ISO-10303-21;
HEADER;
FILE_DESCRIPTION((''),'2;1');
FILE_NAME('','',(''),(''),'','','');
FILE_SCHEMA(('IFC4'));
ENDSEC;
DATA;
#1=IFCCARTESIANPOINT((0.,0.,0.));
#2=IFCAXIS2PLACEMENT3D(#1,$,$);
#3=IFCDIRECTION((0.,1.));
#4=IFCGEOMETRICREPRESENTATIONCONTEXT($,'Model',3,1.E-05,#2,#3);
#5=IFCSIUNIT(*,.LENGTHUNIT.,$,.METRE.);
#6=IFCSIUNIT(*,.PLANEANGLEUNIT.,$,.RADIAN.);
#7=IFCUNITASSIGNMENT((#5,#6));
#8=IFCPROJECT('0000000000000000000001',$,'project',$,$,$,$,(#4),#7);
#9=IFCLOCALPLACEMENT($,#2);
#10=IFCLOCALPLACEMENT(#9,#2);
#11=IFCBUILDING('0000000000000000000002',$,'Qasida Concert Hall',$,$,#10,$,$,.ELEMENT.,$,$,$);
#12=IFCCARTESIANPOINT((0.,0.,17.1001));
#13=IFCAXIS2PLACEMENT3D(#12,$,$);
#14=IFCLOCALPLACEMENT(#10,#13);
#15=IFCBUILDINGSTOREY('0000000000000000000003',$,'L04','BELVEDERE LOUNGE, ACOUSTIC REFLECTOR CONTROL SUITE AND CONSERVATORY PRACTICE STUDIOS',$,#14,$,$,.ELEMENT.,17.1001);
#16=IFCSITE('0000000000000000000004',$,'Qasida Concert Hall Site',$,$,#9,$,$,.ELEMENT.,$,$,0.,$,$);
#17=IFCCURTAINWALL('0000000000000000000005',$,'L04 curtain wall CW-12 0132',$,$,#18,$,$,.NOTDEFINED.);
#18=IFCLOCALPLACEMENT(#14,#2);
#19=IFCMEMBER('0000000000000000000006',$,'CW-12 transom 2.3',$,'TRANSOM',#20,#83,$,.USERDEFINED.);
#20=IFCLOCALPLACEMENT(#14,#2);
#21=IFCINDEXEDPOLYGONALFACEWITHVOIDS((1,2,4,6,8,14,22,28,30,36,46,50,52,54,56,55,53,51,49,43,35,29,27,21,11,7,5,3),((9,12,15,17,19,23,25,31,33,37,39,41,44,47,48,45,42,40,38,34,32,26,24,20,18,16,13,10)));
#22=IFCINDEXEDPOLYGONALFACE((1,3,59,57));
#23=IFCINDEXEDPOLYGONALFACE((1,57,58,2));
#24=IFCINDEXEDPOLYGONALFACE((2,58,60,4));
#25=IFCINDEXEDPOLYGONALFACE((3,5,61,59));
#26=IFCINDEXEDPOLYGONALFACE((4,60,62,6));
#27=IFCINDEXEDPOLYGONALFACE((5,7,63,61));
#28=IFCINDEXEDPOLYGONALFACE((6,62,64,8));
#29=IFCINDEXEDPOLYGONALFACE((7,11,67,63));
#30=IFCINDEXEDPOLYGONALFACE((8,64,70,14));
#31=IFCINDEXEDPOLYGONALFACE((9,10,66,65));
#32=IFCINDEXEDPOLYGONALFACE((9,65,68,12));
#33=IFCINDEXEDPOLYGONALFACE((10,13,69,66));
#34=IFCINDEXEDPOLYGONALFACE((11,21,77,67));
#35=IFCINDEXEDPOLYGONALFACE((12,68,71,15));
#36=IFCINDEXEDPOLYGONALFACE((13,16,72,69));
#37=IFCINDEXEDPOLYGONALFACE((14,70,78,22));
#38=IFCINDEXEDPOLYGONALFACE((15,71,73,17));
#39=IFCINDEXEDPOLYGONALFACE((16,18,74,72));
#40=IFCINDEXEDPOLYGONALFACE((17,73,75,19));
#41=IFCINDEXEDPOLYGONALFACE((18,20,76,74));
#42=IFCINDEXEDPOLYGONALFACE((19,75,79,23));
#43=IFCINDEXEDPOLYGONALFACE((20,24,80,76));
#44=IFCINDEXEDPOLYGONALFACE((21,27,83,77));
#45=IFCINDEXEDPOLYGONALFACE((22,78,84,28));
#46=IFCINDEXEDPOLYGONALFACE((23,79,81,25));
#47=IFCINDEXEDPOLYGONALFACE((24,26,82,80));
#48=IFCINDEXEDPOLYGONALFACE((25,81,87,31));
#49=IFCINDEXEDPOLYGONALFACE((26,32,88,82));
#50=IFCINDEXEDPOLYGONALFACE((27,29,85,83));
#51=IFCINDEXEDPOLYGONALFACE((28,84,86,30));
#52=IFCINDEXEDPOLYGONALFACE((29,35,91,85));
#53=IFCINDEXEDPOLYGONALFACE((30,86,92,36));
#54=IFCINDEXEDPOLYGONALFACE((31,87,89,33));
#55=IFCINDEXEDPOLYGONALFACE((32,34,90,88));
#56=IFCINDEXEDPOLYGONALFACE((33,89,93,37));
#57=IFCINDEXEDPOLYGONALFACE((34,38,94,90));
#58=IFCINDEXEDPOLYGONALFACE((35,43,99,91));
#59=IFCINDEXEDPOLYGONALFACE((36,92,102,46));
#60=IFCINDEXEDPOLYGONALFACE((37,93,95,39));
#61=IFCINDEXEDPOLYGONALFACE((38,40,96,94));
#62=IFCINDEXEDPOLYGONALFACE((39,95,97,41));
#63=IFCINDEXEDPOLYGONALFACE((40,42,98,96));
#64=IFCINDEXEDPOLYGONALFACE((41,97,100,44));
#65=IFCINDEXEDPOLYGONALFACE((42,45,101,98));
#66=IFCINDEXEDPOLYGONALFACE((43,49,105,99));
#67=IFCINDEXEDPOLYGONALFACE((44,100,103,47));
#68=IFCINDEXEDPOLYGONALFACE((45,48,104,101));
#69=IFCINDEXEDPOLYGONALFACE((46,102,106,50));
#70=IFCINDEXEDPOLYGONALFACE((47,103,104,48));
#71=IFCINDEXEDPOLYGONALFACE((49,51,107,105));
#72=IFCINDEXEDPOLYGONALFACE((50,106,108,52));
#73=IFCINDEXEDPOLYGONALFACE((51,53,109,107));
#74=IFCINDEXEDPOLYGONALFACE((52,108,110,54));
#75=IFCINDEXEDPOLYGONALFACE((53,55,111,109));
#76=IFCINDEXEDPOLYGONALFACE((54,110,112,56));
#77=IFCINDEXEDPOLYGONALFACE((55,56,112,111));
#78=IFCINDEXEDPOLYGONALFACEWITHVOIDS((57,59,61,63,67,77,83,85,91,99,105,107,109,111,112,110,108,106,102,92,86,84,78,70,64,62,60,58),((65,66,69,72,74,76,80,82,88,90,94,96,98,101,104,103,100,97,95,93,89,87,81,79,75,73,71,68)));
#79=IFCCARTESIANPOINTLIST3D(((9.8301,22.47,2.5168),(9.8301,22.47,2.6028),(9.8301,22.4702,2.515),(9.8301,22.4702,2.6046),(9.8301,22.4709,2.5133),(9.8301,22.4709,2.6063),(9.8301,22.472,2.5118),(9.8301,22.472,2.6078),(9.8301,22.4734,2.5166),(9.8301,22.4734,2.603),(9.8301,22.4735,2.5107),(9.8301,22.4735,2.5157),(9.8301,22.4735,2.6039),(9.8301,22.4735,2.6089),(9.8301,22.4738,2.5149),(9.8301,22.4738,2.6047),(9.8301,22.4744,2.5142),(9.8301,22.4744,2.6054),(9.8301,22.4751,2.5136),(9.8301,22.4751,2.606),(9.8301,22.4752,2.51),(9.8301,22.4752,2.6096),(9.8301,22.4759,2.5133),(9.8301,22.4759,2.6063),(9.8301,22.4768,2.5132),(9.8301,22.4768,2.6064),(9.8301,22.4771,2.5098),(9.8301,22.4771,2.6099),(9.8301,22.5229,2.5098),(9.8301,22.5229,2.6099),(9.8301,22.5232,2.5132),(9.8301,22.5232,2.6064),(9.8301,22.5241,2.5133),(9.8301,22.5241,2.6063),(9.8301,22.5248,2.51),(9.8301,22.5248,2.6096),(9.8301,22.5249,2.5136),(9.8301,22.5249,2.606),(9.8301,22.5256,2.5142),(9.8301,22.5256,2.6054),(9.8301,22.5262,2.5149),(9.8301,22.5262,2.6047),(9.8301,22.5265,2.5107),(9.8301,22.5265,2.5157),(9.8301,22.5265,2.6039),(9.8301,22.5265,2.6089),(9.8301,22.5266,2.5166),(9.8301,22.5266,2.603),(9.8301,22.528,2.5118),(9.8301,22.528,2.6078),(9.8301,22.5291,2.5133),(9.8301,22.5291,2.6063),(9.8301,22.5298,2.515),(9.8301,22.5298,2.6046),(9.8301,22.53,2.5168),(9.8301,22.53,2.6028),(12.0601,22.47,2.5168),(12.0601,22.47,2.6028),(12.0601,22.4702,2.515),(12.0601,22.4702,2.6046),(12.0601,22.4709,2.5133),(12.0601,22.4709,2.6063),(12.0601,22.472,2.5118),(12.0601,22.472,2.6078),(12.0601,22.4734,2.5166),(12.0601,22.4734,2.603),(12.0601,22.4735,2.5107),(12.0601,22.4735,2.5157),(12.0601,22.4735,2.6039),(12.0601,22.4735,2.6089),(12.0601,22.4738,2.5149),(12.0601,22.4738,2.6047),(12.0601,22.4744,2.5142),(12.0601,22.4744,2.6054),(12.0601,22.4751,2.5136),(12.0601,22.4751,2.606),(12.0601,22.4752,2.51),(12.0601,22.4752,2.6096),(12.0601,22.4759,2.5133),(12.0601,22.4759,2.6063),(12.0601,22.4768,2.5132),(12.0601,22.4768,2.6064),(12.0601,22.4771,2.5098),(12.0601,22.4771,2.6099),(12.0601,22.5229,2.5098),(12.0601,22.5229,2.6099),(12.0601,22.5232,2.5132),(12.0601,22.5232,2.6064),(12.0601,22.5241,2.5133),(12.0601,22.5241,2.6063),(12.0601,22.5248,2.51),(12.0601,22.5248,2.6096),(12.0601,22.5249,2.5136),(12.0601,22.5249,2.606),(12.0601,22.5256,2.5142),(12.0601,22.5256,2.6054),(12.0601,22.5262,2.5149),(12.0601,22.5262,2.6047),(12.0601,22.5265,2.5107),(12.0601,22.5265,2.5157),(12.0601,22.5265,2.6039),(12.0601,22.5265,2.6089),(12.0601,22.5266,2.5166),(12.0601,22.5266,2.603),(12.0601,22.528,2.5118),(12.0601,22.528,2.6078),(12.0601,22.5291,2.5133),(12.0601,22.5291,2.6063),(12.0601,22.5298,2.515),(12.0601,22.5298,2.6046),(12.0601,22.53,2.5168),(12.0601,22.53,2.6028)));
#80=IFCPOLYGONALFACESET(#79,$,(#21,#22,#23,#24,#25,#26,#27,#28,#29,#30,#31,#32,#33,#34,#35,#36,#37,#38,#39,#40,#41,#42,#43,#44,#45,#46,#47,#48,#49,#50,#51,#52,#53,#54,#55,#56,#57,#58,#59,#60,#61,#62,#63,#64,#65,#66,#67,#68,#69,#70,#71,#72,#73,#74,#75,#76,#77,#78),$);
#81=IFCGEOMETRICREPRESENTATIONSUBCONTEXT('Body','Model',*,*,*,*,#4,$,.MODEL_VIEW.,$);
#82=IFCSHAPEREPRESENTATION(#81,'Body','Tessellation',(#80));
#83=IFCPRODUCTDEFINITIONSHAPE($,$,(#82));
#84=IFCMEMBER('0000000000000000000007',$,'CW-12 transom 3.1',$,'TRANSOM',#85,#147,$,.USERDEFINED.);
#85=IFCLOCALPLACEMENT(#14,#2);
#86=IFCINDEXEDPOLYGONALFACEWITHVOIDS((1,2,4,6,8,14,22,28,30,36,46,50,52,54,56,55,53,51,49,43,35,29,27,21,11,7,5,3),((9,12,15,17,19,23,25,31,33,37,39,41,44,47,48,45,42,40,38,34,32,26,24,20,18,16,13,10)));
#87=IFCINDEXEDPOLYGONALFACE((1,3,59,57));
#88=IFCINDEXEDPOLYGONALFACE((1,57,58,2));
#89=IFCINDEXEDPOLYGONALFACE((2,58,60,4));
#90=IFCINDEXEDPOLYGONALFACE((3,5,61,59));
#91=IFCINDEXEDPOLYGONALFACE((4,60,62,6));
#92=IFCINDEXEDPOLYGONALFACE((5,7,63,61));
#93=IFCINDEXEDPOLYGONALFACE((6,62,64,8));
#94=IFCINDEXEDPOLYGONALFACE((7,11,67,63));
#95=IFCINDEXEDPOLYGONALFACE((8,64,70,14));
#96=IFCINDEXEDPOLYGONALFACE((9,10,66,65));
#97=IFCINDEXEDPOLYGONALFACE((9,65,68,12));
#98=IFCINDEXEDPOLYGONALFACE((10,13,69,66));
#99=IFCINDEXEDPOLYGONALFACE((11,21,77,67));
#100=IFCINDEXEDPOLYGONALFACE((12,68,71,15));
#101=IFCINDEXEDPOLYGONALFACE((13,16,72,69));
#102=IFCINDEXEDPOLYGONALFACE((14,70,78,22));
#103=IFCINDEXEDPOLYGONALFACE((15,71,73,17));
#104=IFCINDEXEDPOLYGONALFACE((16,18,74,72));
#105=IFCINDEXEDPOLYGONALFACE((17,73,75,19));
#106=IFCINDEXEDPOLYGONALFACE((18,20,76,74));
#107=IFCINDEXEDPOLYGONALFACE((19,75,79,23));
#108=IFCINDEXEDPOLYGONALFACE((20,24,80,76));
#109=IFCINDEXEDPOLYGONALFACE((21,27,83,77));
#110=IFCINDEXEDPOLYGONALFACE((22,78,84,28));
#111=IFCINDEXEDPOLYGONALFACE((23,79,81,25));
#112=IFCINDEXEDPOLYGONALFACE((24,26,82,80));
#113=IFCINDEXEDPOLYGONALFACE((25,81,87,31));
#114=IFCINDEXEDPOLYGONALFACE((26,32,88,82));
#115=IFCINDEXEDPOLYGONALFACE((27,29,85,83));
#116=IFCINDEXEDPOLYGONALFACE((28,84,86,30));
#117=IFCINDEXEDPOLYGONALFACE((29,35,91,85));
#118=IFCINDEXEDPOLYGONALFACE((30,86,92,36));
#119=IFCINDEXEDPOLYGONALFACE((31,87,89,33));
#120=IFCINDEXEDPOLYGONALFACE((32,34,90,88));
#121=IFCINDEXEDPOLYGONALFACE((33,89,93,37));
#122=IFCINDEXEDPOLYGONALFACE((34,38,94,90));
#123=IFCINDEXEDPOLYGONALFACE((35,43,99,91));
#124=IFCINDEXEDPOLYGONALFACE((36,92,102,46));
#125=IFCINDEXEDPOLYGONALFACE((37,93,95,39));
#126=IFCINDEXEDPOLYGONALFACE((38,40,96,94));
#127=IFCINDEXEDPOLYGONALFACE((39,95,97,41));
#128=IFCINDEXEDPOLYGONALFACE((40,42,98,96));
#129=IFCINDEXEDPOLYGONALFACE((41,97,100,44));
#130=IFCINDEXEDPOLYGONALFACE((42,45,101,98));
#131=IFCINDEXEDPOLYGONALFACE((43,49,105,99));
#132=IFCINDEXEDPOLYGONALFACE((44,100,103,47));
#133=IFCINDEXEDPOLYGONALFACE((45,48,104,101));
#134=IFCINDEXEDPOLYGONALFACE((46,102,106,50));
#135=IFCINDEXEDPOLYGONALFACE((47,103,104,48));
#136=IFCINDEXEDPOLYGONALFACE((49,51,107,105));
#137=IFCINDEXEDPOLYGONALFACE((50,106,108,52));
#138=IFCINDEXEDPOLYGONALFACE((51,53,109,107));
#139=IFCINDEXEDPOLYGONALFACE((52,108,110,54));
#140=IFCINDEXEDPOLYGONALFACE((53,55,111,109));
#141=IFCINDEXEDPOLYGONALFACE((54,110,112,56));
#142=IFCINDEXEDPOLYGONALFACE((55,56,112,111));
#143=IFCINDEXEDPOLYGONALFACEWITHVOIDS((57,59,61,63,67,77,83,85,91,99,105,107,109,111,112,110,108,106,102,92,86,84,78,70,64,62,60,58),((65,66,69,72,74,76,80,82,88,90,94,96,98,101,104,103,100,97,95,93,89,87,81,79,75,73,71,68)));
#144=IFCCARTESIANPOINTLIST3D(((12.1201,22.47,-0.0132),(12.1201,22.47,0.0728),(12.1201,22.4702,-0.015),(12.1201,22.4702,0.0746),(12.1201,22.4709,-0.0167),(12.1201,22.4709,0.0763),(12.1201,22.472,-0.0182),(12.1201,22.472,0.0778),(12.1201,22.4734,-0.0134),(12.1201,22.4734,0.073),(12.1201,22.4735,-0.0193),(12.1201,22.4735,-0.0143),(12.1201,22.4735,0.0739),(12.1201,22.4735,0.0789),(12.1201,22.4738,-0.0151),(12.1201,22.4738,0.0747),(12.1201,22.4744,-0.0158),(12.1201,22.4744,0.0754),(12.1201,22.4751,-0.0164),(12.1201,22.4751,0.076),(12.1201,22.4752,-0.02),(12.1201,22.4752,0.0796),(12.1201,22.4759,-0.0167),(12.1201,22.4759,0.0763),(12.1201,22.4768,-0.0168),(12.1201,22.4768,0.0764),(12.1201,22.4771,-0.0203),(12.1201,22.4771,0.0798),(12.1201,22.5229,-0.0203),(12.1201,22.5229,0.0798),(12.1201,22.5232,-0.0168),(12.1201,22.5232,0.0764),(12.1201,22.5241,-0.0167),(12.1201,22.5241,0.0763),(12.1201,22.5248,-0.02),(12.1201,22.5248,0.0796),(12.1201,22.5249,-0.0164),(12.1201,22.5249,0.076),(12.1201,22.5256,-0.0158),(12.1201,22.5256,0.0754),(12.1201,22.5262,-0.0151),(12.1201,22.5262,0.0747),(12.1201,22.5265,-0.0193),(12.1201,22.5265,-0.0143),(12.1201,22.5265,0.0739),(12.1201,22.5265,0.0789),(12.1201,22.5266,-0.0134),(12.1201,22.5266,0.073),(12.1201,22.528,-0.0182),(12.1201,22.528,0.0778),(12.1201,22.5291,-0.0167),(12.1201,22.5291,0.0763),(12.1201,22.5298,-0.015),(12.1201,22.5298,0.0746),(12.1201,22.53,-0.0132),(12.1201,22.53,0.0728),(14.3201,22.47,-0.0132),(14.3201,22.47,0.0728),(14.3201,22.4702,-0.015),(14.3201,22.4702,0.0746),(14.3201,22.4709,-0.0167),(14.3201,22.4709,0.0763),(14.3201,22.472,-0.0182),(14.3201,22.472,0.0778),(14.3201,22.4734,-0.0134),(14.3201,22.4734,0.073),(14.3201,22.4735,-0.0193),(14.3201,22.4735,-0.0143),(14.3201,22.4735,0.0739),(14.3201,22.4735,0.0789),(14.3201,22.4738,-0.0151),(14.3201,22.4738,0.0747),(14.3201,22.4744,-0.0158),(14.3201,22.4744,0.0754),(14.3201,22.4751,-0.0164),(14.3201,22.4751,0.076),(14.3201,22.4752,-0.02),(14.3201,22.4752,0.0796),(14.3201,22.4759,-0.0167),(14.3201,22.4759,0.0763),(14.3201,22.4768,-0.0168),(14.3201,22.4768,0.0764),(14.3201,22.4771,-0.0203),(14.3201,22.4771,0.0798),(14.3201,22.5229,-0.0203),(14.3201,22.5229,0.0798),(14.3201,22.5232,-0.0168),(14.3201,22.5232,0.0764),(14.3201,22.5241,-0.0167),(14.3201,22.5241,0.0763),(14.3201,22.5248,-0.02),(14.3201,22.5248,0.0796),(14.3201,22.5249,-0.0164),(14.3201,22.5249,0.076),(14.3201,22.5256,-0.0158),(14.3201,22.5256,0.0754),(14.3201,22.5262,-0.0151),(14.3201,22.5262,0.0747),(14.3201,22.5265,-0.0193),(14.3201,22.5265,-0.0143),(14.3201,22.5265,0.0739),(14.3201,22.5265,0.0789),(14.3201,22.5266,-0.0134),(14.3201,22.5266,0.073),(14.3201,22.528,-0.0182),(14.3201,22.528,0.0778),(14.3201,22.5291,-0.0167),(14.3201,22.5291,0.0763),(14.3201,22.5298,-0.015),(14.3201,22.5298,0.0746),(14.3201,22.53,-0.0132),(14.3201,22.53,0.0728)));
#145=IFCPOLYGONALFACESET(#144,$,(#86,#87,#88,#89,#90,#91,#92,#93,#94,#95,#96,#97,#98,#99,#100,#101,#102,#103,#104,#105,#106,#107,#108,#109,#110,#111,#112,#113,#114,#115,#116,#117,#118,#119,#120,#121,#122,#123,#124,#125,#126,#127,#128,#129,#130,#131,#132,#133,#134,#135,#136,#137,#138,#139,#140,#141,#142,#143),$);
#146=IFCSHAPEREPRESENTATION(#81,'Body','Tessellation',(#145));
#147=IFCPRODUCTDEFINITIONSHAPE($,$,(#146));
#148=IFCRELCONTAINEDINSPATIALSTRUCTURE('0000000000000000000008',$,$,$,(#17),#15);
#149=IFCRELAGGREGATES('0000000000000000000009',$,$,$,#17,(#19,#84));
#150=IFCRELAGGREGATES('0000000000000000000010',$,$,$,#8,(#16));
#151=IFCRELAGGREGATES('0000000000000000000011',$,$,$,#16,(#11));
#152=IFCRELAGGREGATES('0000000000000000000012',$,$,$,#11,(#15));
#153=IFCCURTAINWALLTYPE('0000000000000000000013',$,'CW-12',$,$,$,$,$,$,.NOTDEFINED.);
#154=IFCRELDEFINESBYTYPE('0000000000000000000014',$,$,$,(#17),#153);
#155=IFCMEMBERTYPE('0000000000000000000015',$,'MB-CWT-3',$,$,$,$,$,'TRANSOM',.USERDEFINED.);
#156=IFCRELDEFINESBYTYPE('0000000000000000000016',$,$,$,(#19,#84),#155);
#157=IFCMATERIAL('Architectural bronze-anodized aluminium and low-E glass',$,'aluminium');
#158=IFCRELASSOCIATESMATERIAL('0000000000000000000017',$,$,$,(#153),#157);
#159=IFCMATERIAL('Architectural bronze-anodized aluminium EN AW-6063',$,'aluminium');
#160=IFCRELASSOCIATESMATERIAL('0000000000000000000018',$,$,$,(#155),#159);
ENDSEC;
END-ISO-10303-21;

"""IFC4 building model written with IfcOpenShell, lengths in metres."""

from ifc_helpers import new_model, si_unit, direction, frame, origin, origin_2d, place, context, subcontext, project, spatial, hollow_rectangle, extrude, material, material_profile, profile_set, type_object, element, aggregate, save


model = new_model("IFC4")

# Units and contexts
model_context = context("Model", 3, precision=1e-05, world=origin(), true_north=direction((0.0, 1.0)))
body_context = subcontext(model_context, "Body", "Model", "MODEL_VIEW")
ifc_project = project(units=[si_unit("LENGTHUNIT", "METRE"), si_unit("PLANEANGLEUNIT", "RADIAN")], contexts=[model_context])

# Site, building, storey
site_placement = place(None, origin())
site = spatial("IfcSite", under=ifc_project, at=site_placement, Name="Qasida Concert Hall Site", CompositionType="ELEMENT", RefElevation=0.0)
building_placement = place(site_placement, origin())
building = spatial("IfcBuilding", under=site, at=building_placement, Name="Qasida Concert Hall", CompositionType="ELEMENT")
storey_placement = place(building_placement, frame((0.0, 0.0, 17.1001)))
storey = spatial("IfcBuildingStorey", under=building, at=storey_placement, Name="L04", Description="BELVEDERE LOUNGE, ACOUSTIC REFLECTOR CONTROL SUITE AND CONSERVATORY PRACTICE STUDIOS", CompositionType="ELEMENT", Elevation=17.1001)

# Shared definitions
ifc_material_1 = material(Name="Architectural bronze-anodized aluminium and low-E glass", Category="aluminium")
curtain_wall_type = type_object("IfcCurtainWallType", Name="CW-12", PredefinedType="NOTDEFINED", material=ifc_material_1)
ifc_material_2 = material(Name="Architectural bronze-anodized aluminium EN AW-6063", Category="aluminium")

# Curtain wall, members
curtain_wall_1_placement = place(storey_placement, origin())
curtain_wall_1 = element("IfcCurtainWall", 1, at=curtain_wall_1_placement, inside=storey, type_object=curtain_wall_type, Name="L04 curtain wall CW-12 0132", PredefinedType="NOTDEFINED")
ifc_material_profile_1 = material_profile(ifc_material_2, hollow_rectangle(XDim=0.0601, YDim=0.1001, WallThickness=0.0034, InnerFilletRadius=0.0034, OuterFilletRadius=0.0071, at=origin_2d()), Name="CWT 100x60x3.5")
ifc_profile_set_1 = profile_set([ifc_material_profile_1], Name="Architectural bronze-anodized aluminium EN AW-6063")
member_type_1 = type_object("IfcMemberType", Name="MB-CWT-3", ElementType="TRANSOM", PredefinedType="USERDEFINED", material=ifc_profile_set_1)
member_1_placement = place(storey_placement, frame((9.8301, 22.5, 2.5598), z_axis=(1.0, 0.0, 0.0), x_axis=(0.0, 1.0, 0.0)))
member_1 = element("IfcMember", 2, at=member_1_placement, type_object=member_type_1, Name="CW-12 transom 2.3", ObjectType="TRANSOM", PredefinedType="USERDEFINED", context=body_context, shape_type="SweptSolid", body=[
    extrude(hollow_rectangle(XDim=0.0601, YDim=0.1001, WallThickness=0.0034, InnerFilletRadius=0.0034, OuterFilletRadius=0.0071, at=origin_2d()), origin(), (0.0, 0.0, 1.0), 2.23),
])
member_2_placement = place(storey_placement, frame((12.1201, 22.5, 0.0298), z_axis=(1.0, 0.0, 0.0), x_axis=(0.0, 1.0, 0.0)))
member_2 = element("IfcMember", 3, at=member_2_placement, type_object=member_type_1, Name="CW-12 transom 3.1", ObjectType="TRANSOM", PredefinedType="USERDEFINED", context=body_context, shape_type="SweptSolid", body=[
    extrude(hollow_rectangle(XDim=0.0601, YDim=0.1001, WallThickness=0.0034, InnerFilletRadius=0.0034, OuterFilletRadius=0.0071, at=origin_2d()), origin(), (0.0, 0.0, 1.0), 2.2),
])
aggregate(curtain_wall_1, [member_1, member_2])

save(model, "model.ifc")
